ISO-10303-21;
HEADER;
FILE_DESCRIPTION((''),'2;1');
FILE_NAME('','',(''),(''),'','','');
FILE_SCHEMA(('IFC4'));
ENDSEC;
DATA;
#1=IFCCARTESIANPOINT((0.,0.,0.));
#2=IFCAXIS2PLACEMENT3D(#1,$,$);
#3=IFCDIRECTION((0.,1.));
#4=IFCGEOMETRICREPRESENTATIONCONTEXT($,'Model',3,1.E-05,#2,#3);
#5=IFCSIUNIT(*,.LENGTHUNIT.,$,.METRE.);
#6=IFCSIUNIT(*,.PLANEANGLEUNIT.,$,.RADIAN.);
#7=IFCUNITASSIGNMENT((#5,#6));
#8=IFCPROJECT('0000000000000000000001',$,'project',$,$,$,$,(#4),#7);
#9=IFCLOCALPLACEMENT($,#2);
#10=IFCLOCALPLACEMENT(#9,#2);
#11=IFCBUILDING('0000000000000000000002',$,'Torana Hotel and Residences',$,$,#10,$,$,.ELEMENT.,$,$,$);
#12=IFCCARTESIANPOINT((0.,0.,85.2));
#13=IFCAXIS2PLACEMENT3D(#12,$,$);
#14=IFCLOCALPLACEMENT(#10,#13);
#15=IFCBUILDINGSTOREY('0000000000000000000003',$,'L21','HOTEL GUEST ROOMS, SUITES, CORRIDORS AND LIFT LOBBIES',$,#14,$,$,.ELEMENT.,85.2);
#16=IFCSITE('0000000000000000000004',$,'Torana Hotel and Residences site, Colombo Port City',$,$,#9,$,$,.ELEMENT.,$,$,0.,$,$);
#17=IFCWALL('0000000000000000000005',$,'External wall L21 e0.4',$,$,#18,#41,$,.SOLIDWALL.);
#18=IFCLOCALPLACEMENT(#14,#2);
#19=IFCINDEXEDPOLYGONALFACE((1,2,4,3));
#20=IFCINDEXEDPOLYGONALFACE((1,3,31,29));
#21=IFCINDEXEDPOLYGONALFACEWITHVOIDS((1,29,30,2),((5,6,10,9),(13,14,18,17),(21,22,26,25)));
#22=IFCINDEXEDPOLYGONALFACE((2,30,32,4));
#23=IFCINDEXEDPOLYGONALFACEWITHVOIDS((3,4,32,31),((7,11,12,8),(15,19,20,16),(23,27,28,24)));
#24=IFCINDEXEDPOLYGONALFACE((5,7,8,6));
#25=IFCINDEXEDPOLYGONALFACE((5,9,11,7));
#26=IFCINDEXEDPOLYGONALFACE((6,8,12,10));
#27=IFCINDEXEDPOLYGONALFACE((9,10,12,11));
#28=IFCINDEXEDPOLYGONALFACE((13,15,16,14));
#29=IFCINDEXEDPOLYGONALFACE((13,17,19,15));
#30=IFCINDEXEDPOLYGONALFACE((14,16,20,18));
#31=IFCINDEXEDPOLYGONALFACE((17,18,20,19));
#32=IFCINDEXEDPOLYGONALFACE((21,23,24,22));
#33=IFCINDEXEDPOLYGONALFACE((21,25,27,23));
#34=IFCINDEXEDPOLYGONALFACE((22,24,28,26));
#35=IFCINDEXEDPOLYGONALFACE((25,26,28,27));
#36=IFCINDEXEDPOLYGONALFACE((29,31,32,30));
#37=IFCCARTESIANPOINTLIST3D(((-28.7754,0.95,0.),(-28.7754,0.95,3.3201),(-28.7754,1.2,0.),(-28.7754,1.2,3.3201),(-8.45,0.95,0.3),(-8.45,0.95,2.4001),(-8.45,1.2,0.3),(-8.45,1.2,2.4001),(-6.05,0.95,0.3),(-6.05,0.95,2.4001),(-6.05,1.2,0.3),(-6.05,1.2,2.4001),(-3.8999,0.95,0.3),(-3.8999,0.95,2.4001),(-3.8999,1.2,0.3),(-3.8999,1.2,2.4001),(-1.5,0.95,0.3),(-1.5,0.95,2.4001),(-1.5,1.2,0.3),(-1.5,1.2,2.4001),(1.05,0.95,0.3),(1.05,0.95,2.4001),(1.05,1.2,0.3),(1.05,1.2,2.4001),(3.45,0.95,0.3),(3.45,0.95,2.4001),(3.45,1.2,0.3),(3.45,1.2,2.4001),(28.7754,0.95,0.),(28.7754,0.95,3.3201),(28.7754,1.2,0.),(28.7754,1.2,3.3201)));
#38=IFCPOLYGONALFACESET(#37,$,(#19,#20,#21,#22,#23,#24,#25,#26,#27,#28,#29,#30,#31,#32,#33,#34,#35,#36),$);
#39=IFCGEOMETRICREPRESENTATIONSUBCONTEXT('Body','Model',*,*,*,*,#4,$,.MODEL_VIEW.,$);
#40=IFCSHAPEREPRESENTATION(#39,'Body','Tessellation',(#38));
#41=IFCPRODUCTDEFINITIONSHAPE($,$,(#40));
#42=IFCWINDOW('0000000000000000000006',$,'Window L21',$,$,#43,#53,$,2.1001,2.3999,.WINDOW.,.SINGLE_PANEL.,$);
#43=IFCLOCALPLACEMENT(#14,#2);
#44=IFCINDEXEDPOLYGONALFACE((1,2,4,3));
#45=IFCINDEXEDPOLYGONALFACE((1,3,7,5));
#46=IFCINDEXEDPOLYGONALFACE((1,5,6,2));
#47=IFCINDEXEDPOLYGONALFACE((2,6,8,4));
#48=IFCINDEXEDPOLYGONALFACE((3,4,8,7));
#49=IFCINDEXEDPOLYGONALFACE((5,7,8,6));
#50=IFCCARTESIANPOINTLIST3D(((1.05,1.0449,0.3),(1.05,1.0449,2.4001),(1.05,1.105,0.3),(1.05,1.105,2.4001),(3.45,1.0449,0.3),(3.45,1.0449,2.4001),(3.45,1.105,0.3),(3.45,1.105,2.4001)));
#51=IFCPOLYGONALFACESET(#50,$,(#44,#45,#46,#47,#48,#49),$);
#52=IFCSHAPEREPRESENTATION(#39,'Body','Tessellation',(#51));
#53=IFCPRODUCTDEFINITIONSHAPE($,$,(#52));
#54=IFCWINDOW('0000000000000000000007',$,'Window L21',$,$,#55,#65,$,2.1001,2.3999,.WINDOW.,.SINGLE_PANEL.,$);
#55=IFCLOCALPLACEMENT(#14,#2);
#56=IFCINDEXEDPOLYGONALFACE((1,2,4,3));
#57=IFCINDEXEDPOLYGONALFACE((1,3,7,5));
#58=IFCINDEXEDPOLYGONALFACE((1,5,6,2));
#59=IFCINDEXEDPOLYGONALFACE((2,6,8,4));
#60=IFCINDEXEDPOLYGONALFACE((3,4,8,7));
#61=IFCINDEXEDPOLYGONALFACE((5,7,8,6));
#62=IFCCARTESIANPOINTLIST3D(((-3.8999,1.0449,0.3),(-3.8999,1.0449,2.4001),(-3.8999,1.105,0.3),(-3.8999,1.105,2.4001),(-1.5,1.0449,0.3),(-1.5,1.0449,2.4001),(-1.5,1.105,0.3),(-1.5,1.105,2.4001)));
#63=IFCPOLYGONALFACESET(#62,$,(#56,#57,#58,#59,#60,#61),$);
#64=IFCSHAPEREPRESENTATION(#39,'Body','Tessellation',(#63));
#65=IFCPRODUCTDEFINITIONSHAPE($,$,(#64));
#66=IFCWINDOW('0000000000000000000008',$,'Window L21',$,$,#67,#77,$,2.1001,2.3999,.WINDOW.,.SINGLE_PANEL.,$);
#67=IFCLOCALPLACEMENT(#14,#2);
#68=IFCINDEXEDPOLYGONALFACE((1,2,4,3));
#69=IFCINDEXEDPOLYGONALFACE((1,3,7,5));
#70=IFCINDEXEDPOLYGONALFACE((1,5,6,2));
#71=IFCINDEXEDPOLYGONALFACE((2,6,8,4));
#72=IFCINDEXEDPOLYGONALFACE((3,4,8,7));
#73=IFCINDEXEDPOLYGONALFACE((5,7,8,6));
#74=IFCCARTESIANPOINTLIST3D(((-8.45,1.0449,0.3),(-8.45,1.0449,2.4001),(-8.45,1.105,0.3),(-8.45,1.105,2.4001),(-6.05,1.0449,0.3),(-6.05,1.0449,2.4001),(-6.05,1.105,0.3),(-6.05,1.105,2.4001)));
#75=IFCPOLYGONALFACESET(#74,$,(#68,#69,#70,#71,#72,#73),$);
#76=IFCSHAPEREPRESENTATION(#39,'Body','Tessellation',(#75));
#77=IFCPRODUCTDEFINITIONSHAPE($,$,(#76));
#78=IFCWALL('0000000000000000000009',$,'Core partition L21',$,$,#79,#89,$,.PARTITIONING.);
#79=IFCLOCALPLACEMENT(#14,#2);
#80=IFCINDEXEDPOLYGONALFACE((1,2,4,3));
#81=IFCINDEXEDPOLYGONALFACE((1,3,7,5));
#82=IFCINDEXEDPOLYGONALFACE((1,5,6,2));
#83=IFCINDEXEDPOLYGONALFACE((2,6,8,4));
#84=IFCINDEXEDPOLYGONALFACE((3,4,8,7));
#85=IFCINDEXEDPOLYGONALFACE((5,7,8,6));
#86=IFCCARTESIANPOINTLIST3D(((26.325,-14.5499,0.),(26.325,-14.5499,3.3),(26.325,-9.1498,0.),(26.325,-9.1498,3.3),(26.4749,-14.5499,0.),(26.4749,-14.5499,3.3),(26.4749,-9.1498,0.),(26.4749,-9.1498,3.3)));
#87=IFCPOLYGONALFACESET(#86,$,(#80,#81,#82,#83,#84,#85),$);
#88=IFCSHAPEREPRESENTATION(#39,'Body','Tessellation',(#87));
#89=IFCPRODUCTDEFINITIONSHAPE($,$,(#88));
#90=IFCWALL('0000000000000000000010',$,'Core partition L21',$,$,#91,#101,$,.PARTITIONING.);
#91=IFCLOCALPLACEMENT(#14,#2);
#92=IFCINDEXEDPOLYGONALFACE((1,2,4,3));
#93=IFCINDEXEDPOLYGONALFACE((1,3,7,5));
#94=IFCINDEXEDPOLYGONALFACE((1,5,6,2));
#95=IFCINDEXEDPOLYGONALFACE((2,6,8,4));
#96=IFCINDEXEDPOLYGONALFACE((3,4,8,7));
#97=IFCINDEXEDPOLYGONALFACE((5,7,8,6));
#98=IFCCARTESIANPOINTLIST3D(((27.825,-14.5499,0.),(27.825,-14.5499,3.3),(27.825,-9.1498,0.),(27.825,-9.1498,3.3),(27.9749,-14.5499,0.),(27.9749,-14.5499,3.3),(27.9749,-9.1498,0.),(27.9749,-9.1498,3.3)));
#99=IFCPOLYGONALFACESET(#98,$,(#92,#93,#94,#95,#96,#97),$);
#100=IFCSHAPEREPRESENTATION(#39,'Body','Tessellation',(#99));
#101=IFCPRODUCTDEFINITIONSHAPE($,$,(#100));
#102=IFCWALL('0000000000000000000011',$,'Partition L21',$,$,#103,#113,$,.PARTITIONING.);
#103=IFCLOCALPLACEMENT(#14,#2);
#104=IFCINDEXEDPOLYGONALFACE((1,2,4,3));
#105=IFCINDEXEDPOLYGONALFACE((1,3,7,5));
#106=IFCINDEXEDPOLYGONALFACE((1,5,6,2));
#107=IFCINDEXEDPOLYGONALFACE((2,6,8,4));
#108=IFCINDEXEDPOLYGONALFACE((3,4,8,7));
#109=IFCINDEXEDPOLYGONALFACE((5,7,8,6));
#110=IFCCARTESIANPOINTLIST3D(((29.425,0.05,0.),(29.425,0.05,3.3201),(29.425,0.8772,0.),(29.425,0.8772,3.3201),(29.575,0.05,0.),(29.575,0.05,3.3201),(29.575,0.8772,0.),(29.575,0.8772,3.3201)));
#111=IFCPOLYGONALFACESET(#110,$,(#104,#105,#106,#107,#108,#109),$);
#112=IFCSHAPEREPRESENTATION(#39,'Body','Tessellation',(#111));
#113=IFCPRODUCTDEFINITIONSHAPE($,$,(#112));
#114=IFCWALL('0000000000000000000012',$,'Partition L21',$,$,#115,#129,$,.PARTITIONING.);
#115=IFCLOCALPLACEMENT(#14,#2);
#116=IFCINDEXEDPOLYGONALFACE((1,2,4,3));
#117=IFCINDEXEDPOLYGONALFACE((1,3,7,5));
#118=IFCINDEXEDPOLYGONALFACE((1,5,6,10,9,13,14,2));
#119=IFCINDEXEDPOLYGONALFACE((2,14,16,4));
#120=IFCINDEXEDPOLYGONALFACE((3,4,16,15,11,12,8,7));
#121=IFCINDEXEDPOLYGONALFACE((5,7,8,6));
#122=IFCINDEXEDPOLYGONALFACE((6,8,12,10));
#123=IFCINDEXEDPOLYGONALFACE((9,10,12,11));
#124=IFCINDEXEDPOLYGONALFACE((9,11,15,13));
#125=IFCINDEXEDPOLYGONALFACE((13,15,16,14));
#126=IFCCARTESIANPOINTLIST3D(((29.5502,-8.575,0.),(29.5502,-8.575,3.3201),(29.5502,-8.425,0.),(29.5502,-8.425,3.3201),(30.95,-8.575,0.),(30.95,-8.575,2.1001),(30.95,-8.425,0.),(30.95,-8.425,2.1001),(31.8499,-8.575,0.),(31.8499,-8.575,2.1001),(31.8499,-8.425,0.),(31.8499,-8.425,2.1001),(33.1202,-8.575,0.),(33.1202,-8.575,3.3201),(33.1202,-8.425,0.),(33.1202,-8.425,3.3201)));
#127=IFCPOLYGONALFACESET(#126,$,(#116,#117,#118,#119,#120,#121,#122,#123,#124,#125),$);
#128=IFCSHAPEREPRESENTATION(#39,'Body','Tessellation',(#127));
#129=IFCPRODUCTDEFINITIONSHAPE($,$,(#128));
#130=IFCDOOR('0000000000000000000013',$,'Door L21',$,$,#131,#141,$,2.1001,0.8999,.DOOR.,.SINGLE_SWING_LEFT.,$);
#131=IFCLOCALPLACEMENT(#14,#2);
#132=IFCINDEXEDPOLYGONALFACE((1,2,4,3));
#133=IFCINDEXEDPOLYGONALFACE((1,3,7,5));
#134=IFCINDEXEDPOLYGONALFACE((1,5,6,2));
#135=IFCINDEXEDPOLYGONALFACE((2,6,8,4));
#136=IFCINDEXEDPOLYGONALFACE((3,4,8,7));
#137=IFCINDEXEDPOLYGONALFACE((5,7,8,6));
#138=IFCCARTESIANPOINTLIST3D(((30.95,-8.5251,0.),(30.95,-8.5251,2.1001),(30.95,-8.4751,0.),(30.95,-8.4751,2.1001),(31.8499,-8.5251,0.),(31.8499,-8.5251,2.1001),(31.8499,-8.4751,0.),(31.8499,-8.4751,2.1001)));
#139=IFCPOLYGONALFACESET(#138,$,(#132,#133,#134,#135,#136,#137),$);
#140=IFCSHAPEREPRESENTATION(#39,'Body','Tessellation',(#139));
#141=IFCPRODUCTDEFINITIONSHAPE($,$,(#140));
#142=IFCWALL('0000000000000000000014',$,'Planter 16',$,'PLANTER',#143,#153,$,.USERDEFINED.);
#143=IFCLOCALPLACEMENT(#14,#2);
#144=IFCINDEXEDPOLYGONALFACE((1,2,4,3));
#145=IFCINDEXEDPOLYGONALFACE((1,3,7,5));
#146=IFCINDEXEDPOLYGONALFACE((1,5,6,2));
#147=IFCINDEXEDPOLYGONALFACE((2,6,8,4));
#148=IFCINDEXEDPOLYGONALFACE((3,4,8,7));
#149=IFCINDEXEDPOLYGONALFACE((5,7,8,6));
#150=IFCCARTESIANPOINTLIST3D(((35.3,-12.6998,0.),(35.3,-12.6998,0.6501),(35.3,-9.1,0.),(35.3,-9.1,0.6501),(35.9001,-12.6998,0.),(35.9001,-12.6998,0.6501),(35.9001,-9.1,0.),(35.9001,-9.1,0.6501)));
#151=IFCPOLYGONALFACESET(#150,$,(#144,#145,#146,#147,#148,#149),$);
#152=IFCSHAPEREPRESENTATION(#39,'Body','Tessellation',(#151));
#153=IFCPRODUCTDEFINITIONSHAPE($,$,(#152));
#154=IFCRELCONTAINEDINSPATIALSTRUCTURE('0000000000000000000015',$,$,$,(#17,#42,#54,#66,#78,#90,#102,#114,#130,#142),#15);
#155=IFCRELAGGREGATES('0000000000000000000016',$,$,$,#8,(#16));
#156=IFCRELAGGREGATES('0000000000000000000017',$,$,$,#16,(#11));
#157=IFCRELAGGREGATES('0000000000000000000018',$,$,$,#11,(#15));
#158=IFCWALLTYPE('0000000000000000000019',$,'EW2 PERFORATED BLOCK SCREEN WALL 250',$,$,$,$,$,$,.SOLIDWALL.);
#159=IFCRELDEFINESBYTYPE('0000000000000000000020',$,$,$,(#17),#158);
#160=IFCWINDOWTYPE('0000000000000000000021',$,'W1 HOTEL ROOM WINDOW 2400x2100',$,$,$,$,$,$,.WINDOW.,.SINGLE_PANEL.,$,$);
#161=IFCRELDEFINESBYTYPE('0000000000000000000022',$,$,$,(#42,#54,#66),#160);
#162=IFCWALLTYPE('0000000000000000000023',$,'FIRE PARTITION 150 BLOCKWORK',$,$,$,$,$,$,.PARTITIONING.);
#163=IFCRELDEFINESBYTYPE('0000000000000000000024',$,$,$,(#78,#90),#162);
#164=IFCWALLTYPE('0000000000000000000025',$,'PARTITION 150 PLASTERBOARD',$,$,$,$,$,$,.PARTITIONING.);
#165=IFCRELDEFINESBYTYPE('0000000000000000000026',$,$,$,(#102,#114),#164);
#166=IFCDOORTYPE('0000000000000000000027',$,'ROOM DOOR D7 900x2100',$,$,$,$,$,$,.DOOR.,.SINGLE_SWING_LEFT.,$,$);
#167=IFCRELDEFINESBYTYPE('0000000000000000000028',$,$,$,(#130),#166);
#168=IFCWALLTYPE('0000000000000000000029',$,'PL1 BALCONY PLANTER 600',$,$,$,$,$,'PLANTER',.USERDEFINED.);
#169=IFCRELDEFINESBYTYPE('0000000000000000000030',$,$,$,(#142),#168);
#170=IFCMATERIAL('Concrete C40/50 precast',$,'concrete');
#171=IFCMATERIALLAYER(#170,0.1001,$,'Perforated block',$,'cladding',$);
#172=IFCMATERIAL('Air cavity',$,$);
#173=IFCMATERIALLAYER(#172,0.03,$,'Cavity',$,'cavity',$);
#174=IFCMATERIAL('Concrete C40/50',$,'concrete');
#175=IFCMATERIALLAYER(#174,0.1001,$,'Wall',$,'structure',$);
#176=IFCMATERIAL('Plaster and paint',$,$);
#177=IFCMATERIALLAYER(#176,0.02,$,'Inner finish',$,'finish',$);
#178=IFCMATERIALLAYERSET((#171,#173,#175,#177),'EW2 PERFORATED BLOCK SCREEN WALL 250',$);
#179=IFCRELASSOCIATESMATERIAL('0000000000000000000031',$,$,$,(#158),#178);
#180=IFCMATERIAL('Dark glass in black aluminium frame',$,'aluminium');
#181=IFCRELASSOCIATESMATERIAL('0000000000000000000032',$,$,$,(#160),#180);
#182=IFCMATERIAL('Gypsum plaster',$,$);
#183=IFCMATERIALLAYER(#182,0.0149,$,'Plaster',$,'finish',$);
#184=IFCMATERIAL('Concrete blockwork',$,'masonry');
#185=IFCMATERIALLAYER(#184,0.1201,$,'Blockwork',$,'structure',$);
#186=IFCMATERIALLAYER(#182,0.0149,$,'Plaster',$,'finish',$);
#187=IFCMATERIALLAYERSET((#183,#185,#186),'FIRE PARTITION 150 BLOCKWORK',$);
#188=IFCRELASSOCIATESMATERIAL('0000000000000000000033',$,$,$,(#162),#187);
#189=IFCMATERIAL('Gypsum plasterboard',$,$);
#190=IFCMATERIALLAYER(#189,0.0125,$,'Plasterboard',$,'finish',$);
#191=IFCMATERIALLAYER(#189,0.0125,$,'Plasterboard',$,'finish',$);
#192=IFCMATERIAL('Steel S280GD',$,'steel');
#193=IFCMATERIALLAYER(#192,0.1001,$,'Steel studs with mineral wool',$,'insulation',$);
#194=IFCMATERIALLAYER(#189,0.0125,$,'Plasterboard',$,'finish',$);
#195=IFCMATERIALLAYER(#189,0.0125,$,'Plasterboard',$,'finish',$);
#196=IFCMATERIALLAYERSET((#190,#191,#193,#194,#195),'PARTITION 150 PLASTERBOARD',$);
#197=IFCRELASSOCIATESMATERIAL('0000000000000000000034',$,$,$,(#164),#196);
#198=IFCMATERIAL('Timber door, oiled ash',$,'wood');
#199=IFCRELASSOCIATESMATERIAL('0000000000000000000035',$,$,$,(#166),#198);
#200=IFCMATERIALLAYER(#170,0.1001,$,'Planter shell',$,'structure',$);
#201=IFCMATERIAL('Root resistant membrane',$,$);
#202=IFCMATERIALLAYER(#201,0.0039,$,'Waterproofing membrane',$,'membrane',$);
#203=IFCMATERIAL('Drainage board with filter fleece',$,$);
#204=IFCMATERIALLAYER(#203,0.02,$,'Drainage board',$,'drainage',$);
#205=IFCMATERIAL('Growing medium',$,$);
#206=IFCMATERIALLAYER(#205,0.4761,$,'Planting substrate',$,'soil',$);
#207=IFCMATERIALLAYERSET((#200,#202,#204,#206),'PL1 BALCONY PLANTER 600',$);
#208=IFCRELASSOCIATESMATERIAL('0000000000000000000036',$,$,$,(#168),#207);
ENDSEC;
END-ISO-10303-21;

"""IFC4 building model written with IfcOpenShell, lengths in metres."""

from ifc_helpers import new_model, si_unit, direction, frame, frame_2d, origin, place, context, subcontext, project, spatial, rectangle, extrude, material, layer, layer_set, type_object, element, fill, save


model = new_model("IFC4")

# Units and contexts
model_context = context("Model", 3, precision=1e-05, world=origin(), true_north=direction((0.0, 1.0)))
body_context = subcontext(model_context, "Body", "Model", "MODEL_VIEW")
ifc_project = project(units=[si_unit("LENGTHUNIT", "METRE"), si_unit("PLANEANGLEUNIT", "RADIAN")], contexts=[model_context])

# Site, building, storey
site_placement = place(None, origin())
site = spatial("IfcSite", under=ifc_project, at=site_placement, Name="Torana Hotel and Residences site, Colombo Port City", CompositionType="ELEMENT", RefElevation=0.0)
building_placement = place(site_placement, origin())
building = spatial("IfcBuilding", under=site, at=building_placement, Name="Torana Hotel and Residences", CompositionType="ELEMENT")
storey_placement = place(building_placement, frame((0.0, 0.0, 85.2)))
storey = spatial("IfcBuildingStorey", under=building, at=storey_placement, Name="L21", Description="HOTEL GUEST ROOMS, SUITES, CORRIDORS AND LIFT LOBBIES", CompositionType="ELEMENT", Elevation=85.2)

# Shared definitions
ifc_material_1 = material(Name="Steel S280GD", Category="steel")

# Wall, openings, windows
ifc_material_2 = material(Name="Concrete C40/50 precast", Category="concrete")
ifc_layer_1 = layer(ifc_material_2, 0.1001, Name="Perforated block", Category="cladding")
ifc_material_3 = material(Name="Air cavity")
ifc_layer_2 = layer(ifc_material_3, 0.03, Name="Cavity", Category="cavity")
ifc_material_4 = material(Name="Concrete C40/50", Category="concrete")
ifc_layer_3 = layer(ifc_material_4, 0.1001, Name="Wall", Category="structure")
ifc_material_5 = material(Name="Plaster and paint")
ifc_layer_4 = layer(ifc_material_5, 0.02, Name="Inner finish", Category="finish")
ifc_layer_set_1 = layer_set([ifc_layer_1, ifc_layer_2, ifc_layer_3, ifc_layer_4], Name="EW2 PERFORATED BLOCK SCREEN WALL 250")
wall_type_1 = type_object("IfcWallType", Name="EW2 PERFORATED BLOCK SCREEN WALL 250", PredefinedType="SOLIDWALL", material=ifc_layer_set_1)
wall_1_placement = place(storey_placement, frame((28.7754, 1.075, 0.0), z_axis=(0.0, 0.0, 1.0), x_axis=(-1.0, 0.0, 0.0)))
wall_1 = element("IfcWall", 1, at=wall_1_placement, inside=storey, type_object=wall_type_1, Name="External wall L21 e0.4", PredefinedType="SOLIDWALL", context=body_context, shape_type="SweptSolid", body=[
    extrude(rectangle(XDim=57.5508, YDim=0.25, at=frame_2d((28.7754, 0.0))), origin(), (0.0, 0.0, 1.0), 3.3201),
])
opening_1_placement = place(wall_1_placement, frame((25.3254, 0.0, 0.3)))
opening_1 = element("IfcOpeningElement", 2, at=opening_1_placement, cuts=wall_1, PredefinedType="OPENING", context=body_context, shape_type="SweptSolid", body=[
    extrude(rectangle(XDim=2.3999, YDim=2.1001, at=frame_2d((1.2, 1.05))), frame((0.0, 0.135, 0.0), z_axis=(0.0, -1.0, 0.0), x_axis=(1.0, 0.0, 0.0)), (0.0, 0.0, 1.0), 0.27),
])
opening_2_placement = place(wall_1_placement, frame((30.2754, 0.0, 0.3)))
opening_2 = element("IfcOpeningElement", 3, at=opening_2_placement, cuts=wall_1, PredefinedType="OPENING", context=body_context, shape_type="SweptSolid", body=[
    extrude(rectangle(XDim=2.3999, YDim=2.1001, at=frame_2d((1.2, 1.05))), frame((0.0, 0.135, 0.0), z_axis=(0.0, -1.0, 0.0), x_axis=(1.0, 0.0, 0.0)), (0.0, 0.0, 1.0), 0.27),
])
opening_3_placement = place(wall_1_placement, frame((34.8254, 0.0, 0.3)))
opening_3 = element("IfcOpeningElement", 4, at=opening_3_placement, cuts=wall_1, PredefinedType="OPENING", context=body_context, shape_type="SweptSolid", body=[
    extrude(rectangle(XDim=2.3999, YDim=2.1001, at=frame_2d((1.2, 1.05))), frame((0.0, 0.135, 0.0), z_axis=(0.0, -1.0, 0.0), x_axis=(1.0, 0.0, 0.0)), (0.0, 0.0, 1.0), 0.27),
])
ifc_material_6 = material(Name="Dark glass in black aluminium frame", Category="aluminium")
window_type = type_object("IfcWindowType", Name="W1 HOTEL ROOM WINDOW 2400x2100", PartitioningType="SINGLE_PANEL", PredefinedType="WINDOW", material=ifc_material_6)
window_1_placement = place(opening_1_placement, origin())
window_1 = element("IfcWindow", 5, at=window_1_placement, inside=storey, type_object=window_type, Name="Window L21", OverallHeight=2.1001, OverallWidth=2.3999, PartitioningType="SINGLE_PANEL", PredefinedType="WINDOW", context=body_context, shape_type="SweptSolid", body=[
    extrude(rectangle(XDim=2.3999, YDim=2.1001, at=frame_2d((1.2, 1.05))), frame((0.0, 0.03, 0.0), z_axis=(0.0, -1.0, 0.0), x_axis=(1.0, 0.0, 0.0)), (0.0, 0.0, 1.0), 0.0601),
])
fill(opening_1, window_1)
window_2_placement = place(opening_2_placement, origin())
window_2 = element("IfcWindow", 6, at=window_2_placement, inside=storey, type_object=window_type, Name="Window L21", OverallHeight=2.1001, OverallWidth=2.3999, PartitioningType="SINGLE_PANEL", PredefinedType="WINDOW", context=body_context, shape_type="SweptSolid", body=[
    extrude(rectangle(XDim=2.3999, YDim=2.1001, at=frame_2d((1.2, 1.05))), frame((0.0, 0.03, 0.0), z_axis=(0.0, -1.0, 0.0), x_axis=(1.0, 0.0, 0.0)), (0.0, 0.0, 1.0), 0.0601),
])
fill(opening_2, window_2)
window_3_placement = place(opening_3_placement, origin())
window_3 = element("IfcWindow", 7, at=window_3_placement, inside=storey, type_object=window_type, Name="Window L21", OverallHeight=2.1001, OverallWidth=2.3999, PartitioningType="SINGLE_PANEL", PredefinedType="WINDOW", context=body_context, shape_type="SweptSolid", body=[
    extrude(rectangle(XDim=2.3999, YDim=2.1001, at=frame_2d((1.2, 1.05))), frame((0.0, 0.03, 0.0), z_axis=(0.0, -1.0, 0.0), x_axis=(1.0, 0.0, 0.0)), (0.0, 0.0, 1.0), 0.0601),
])
fill(opening_3, window_3)

# Walls
ifc_material_7 = material(Name="Gypsum plaster")
ifc_layer_5 = layer(ifc_material_7, 0.0149, Name="Plaster", Category="finish")
ifc_material_8 = material(Name="Concrete blockwork", Category="masonry")
ifc_layer_6 = layer(ifc_material_8, 0.1201, Name="Blockwork", Category="structure")
ifc_layer_7 = layer(ifc_material_7, 0.0149, Name="Plaster", Category="finish")
ifc_layer_set_2 = layer_set([ifc_layer_5, ifc_layer_6, ifc_layer_7], Name="FIRE PARTITION 150 BLOCKWORK")
wall_type_2 = type_object("IfcWallType", Name="FIRE PARTITION 150 BLOCKWORK", PredefinedType="PARTITIONING", material=ifc_layer_set_2)
for number, where, z_axis, x_axis, name in (
    (8, (26.3999, -14.55, 0.0), (0.0, 0.0, 1.0), (0.0, 1.0, 0.0), "Core partition L21"),
    (9, (27.8999, -14.55, 0.0), (0.0, 0.0, 1.0), (0.0, 1.0, 0.0), "Core partition L21"),
):
    element("IfcWall", number, at=place(storey_placement, frame(where, z_axis=z_axis, x_axis=x_axis)), inside=storey, type_object=wall_type_2, Name=name, PredefinedType="PARTITIONING", context=body_context, shape_type="SweptSolid", body=[
        extrude(rectangle(XDim=5.4001, YDim=0.1499, at=frame_2d((2.7002, 0.0))), origin(), (0.0, 0.0, 1.0), 3.3),
    ])
ifc_material_9 = material(Name="Gypsum plasterboard")
ifc_layer_8 = layer(ifc_material_9, 0.0125, Name="Plasterboard", Category="finish")
ifc_layer_9 = layer(ifc_material_9, 0.0125, Name="Plasterboard", Category="finish")
ifc_layer_10 = layer(ifc_material_1, 0.1001, Name="Steel studs with mineral wool", Category="insulation")
ifc_layer_11 = layer(ifc_material_9, 0.0125, Name="Plasterboard", Category="finish")
ifc_layer_12 = layer(ifc_material_9, 0.0125, Name="Plasterboard", Category="finish")
ifc_layer_set_3 = layer_set([ifc_layer_8, ifc_layer_9, ifc_layer_10, ifc_layer_11, ifc_layer_12], Name="PARTITION 150 PLASTERBOARD")
wall_type_3 = type_object("IfcWallType", Name="PARTITION 150 PLASTERBOARD", PredefinedType="PARTITIONING", material=ifc_layer_set_3)
wall_2_placement = place(storey_placement, frame((29.5, 0.05, 0.0), z_axis=(0.0, 0.0, 1.0), x_axis=(0.0, 1.0, 0.0)))
element("IfcWall", 10, at=wall_2_placement, inside=storey, type_object=wall_type_3, Name="Partition L21", PredefinedType="PARTITIONING", context=body_context, shape_type="SweptSolid", body=[
    extrude(rectangle(XDim=0.8271, YDim=0.1499, at=frame_2d((0.4136, 0.0))), origin(), (0.0, 0.0, 1.0), 3.3201),
])

# Wall, opening, door
wall_3_placement = place(storey_placement, frame((29.55, -8.5, 0.0), z_axis=(0.0, 0.0, 1.0), x_axis=(1.0, 0.0, 0.0)))
wall_3 = element("IfcWall", 11, at=wall_3_placement, inside=storey, type_object=wall_type_3, Name="Partition L21", PredefinedType="PARTITIONING", context=body_context, shape_type="SweptSolid", body=[
    extrude(rectangle(XDim=3.5701, YDim=0.1499, at=frame_2d((1.7852, 0.0))), origin(), (0.0, 0.0, 1.0), 3.3201),
])
opening_4_placement = place(wall_3_placement, frame((1.3999, 0.0, 0.0)))
opening_4 = element("IfcOpeningElement", 12, at=opening_4_placement, cuts=wall_3, PredefinedType="OPENING", context=body_context, shape_type="SweptSolid", body=[
    extrude(rectangle(XDim=0.8999, YDim=2.1001, at=frame_2d((0.45, 1.05))), frame((0.0, 0.085, 0.0), z_axis=(0.0, -1.0, 0.0), x_axis=(1.0, 0.0, 0.0)), (0.0, 0.0, 1.0), 0.1699),
])
ifc_material_10 = material(Name="Timber door, oiled ash", Category="wood")
door_type = type_object("IfcDoorType", Name="ROOM DOOR D7 900x2100", OperationType="SINGLE_SWING_LEFT", PredefinedType="DOOR", material=ifc_material_10)
door_placement = place(opening_4_placement, origin())
door = element("IfcDoor", 13, at=door_placement, inside=storey, type_object=door_type, Name="Door L21", OperationType="SINGLE_SWING_LEFT", OverallHeight=2.1001, OverallWidth=0.8999, PredefinedType="DOOR", context=body_context, shape_type="SweptSolid", body=[
    extrude(rectangle(XDim=0.8999, YDim=2.1001, at=frame_2d((0.45, 1.05))), frame((0.0, 0.0249, 0.0), z_axis=(0.0, -1.0, 0.0), x_axis=(1.0, 0.0, 0.0)), (0.0, 0.0, 1.0), 0.05),
])
fill(opening_4, door)

# Wall
ifc_layer_13 = layer(ifc_material_2, 0.1001, Name="Planter shell", Category="structure")
ifc_material_11 = material(Name="Root resistant membrane")
ifc_layer_14 = layer(ifc_material_11, 0.0039, Name="Waterproofing membrane", Category="membrane")
ifc_material_12 = material(Name="Drainage board with filter fleece")
ifc_layer_15 = layer(ifc_material_12, 0.02, Name="Drainage board", Category="drainage")
ifc_material_13 = material(Name="Growing medium")
ifc_layer_16 = layer(ifc_material_13, 0.4761, Name="Planting substrate", Category="soil")
ifc_layer_set_4 = layer_set([ifc_layer_13, ifc_layer_14, ifc_layer_15, ifc_layer_16], Name="PL1 BALCONY PLANTER 600")
wall_type_4 = type_object("IfcWallType", Name="PL1 BALCONY PLANTER 600", ElementType="PLANTER", PredefinedType="USERDEFINED", material=ifc_layer_set_4)
wall_4_placement = place(storey_placement, frame((35.6001, -9.1001, 0.0), z_axis=(0.0, 0.0, 1.0), x_axis=(0.0, -1.0, 0.0)))
element("IfcWall", 14, at=wall_4_placement, inside=storey, type_object=wall_type_4, Name="Planter 16", ObjectType="PLANTER", PredefinedType="USERDEFINED", context=body_context, shape_type="SweptSolid", body=[
    extrude(rectangle(XDim=3.5999, YDim=0.6001, at=frame_2d((1.7998, 0.0))), origin(), (0.0, 0.0, 1.0), 0.6501),
])

save(model, "model.ifc")
